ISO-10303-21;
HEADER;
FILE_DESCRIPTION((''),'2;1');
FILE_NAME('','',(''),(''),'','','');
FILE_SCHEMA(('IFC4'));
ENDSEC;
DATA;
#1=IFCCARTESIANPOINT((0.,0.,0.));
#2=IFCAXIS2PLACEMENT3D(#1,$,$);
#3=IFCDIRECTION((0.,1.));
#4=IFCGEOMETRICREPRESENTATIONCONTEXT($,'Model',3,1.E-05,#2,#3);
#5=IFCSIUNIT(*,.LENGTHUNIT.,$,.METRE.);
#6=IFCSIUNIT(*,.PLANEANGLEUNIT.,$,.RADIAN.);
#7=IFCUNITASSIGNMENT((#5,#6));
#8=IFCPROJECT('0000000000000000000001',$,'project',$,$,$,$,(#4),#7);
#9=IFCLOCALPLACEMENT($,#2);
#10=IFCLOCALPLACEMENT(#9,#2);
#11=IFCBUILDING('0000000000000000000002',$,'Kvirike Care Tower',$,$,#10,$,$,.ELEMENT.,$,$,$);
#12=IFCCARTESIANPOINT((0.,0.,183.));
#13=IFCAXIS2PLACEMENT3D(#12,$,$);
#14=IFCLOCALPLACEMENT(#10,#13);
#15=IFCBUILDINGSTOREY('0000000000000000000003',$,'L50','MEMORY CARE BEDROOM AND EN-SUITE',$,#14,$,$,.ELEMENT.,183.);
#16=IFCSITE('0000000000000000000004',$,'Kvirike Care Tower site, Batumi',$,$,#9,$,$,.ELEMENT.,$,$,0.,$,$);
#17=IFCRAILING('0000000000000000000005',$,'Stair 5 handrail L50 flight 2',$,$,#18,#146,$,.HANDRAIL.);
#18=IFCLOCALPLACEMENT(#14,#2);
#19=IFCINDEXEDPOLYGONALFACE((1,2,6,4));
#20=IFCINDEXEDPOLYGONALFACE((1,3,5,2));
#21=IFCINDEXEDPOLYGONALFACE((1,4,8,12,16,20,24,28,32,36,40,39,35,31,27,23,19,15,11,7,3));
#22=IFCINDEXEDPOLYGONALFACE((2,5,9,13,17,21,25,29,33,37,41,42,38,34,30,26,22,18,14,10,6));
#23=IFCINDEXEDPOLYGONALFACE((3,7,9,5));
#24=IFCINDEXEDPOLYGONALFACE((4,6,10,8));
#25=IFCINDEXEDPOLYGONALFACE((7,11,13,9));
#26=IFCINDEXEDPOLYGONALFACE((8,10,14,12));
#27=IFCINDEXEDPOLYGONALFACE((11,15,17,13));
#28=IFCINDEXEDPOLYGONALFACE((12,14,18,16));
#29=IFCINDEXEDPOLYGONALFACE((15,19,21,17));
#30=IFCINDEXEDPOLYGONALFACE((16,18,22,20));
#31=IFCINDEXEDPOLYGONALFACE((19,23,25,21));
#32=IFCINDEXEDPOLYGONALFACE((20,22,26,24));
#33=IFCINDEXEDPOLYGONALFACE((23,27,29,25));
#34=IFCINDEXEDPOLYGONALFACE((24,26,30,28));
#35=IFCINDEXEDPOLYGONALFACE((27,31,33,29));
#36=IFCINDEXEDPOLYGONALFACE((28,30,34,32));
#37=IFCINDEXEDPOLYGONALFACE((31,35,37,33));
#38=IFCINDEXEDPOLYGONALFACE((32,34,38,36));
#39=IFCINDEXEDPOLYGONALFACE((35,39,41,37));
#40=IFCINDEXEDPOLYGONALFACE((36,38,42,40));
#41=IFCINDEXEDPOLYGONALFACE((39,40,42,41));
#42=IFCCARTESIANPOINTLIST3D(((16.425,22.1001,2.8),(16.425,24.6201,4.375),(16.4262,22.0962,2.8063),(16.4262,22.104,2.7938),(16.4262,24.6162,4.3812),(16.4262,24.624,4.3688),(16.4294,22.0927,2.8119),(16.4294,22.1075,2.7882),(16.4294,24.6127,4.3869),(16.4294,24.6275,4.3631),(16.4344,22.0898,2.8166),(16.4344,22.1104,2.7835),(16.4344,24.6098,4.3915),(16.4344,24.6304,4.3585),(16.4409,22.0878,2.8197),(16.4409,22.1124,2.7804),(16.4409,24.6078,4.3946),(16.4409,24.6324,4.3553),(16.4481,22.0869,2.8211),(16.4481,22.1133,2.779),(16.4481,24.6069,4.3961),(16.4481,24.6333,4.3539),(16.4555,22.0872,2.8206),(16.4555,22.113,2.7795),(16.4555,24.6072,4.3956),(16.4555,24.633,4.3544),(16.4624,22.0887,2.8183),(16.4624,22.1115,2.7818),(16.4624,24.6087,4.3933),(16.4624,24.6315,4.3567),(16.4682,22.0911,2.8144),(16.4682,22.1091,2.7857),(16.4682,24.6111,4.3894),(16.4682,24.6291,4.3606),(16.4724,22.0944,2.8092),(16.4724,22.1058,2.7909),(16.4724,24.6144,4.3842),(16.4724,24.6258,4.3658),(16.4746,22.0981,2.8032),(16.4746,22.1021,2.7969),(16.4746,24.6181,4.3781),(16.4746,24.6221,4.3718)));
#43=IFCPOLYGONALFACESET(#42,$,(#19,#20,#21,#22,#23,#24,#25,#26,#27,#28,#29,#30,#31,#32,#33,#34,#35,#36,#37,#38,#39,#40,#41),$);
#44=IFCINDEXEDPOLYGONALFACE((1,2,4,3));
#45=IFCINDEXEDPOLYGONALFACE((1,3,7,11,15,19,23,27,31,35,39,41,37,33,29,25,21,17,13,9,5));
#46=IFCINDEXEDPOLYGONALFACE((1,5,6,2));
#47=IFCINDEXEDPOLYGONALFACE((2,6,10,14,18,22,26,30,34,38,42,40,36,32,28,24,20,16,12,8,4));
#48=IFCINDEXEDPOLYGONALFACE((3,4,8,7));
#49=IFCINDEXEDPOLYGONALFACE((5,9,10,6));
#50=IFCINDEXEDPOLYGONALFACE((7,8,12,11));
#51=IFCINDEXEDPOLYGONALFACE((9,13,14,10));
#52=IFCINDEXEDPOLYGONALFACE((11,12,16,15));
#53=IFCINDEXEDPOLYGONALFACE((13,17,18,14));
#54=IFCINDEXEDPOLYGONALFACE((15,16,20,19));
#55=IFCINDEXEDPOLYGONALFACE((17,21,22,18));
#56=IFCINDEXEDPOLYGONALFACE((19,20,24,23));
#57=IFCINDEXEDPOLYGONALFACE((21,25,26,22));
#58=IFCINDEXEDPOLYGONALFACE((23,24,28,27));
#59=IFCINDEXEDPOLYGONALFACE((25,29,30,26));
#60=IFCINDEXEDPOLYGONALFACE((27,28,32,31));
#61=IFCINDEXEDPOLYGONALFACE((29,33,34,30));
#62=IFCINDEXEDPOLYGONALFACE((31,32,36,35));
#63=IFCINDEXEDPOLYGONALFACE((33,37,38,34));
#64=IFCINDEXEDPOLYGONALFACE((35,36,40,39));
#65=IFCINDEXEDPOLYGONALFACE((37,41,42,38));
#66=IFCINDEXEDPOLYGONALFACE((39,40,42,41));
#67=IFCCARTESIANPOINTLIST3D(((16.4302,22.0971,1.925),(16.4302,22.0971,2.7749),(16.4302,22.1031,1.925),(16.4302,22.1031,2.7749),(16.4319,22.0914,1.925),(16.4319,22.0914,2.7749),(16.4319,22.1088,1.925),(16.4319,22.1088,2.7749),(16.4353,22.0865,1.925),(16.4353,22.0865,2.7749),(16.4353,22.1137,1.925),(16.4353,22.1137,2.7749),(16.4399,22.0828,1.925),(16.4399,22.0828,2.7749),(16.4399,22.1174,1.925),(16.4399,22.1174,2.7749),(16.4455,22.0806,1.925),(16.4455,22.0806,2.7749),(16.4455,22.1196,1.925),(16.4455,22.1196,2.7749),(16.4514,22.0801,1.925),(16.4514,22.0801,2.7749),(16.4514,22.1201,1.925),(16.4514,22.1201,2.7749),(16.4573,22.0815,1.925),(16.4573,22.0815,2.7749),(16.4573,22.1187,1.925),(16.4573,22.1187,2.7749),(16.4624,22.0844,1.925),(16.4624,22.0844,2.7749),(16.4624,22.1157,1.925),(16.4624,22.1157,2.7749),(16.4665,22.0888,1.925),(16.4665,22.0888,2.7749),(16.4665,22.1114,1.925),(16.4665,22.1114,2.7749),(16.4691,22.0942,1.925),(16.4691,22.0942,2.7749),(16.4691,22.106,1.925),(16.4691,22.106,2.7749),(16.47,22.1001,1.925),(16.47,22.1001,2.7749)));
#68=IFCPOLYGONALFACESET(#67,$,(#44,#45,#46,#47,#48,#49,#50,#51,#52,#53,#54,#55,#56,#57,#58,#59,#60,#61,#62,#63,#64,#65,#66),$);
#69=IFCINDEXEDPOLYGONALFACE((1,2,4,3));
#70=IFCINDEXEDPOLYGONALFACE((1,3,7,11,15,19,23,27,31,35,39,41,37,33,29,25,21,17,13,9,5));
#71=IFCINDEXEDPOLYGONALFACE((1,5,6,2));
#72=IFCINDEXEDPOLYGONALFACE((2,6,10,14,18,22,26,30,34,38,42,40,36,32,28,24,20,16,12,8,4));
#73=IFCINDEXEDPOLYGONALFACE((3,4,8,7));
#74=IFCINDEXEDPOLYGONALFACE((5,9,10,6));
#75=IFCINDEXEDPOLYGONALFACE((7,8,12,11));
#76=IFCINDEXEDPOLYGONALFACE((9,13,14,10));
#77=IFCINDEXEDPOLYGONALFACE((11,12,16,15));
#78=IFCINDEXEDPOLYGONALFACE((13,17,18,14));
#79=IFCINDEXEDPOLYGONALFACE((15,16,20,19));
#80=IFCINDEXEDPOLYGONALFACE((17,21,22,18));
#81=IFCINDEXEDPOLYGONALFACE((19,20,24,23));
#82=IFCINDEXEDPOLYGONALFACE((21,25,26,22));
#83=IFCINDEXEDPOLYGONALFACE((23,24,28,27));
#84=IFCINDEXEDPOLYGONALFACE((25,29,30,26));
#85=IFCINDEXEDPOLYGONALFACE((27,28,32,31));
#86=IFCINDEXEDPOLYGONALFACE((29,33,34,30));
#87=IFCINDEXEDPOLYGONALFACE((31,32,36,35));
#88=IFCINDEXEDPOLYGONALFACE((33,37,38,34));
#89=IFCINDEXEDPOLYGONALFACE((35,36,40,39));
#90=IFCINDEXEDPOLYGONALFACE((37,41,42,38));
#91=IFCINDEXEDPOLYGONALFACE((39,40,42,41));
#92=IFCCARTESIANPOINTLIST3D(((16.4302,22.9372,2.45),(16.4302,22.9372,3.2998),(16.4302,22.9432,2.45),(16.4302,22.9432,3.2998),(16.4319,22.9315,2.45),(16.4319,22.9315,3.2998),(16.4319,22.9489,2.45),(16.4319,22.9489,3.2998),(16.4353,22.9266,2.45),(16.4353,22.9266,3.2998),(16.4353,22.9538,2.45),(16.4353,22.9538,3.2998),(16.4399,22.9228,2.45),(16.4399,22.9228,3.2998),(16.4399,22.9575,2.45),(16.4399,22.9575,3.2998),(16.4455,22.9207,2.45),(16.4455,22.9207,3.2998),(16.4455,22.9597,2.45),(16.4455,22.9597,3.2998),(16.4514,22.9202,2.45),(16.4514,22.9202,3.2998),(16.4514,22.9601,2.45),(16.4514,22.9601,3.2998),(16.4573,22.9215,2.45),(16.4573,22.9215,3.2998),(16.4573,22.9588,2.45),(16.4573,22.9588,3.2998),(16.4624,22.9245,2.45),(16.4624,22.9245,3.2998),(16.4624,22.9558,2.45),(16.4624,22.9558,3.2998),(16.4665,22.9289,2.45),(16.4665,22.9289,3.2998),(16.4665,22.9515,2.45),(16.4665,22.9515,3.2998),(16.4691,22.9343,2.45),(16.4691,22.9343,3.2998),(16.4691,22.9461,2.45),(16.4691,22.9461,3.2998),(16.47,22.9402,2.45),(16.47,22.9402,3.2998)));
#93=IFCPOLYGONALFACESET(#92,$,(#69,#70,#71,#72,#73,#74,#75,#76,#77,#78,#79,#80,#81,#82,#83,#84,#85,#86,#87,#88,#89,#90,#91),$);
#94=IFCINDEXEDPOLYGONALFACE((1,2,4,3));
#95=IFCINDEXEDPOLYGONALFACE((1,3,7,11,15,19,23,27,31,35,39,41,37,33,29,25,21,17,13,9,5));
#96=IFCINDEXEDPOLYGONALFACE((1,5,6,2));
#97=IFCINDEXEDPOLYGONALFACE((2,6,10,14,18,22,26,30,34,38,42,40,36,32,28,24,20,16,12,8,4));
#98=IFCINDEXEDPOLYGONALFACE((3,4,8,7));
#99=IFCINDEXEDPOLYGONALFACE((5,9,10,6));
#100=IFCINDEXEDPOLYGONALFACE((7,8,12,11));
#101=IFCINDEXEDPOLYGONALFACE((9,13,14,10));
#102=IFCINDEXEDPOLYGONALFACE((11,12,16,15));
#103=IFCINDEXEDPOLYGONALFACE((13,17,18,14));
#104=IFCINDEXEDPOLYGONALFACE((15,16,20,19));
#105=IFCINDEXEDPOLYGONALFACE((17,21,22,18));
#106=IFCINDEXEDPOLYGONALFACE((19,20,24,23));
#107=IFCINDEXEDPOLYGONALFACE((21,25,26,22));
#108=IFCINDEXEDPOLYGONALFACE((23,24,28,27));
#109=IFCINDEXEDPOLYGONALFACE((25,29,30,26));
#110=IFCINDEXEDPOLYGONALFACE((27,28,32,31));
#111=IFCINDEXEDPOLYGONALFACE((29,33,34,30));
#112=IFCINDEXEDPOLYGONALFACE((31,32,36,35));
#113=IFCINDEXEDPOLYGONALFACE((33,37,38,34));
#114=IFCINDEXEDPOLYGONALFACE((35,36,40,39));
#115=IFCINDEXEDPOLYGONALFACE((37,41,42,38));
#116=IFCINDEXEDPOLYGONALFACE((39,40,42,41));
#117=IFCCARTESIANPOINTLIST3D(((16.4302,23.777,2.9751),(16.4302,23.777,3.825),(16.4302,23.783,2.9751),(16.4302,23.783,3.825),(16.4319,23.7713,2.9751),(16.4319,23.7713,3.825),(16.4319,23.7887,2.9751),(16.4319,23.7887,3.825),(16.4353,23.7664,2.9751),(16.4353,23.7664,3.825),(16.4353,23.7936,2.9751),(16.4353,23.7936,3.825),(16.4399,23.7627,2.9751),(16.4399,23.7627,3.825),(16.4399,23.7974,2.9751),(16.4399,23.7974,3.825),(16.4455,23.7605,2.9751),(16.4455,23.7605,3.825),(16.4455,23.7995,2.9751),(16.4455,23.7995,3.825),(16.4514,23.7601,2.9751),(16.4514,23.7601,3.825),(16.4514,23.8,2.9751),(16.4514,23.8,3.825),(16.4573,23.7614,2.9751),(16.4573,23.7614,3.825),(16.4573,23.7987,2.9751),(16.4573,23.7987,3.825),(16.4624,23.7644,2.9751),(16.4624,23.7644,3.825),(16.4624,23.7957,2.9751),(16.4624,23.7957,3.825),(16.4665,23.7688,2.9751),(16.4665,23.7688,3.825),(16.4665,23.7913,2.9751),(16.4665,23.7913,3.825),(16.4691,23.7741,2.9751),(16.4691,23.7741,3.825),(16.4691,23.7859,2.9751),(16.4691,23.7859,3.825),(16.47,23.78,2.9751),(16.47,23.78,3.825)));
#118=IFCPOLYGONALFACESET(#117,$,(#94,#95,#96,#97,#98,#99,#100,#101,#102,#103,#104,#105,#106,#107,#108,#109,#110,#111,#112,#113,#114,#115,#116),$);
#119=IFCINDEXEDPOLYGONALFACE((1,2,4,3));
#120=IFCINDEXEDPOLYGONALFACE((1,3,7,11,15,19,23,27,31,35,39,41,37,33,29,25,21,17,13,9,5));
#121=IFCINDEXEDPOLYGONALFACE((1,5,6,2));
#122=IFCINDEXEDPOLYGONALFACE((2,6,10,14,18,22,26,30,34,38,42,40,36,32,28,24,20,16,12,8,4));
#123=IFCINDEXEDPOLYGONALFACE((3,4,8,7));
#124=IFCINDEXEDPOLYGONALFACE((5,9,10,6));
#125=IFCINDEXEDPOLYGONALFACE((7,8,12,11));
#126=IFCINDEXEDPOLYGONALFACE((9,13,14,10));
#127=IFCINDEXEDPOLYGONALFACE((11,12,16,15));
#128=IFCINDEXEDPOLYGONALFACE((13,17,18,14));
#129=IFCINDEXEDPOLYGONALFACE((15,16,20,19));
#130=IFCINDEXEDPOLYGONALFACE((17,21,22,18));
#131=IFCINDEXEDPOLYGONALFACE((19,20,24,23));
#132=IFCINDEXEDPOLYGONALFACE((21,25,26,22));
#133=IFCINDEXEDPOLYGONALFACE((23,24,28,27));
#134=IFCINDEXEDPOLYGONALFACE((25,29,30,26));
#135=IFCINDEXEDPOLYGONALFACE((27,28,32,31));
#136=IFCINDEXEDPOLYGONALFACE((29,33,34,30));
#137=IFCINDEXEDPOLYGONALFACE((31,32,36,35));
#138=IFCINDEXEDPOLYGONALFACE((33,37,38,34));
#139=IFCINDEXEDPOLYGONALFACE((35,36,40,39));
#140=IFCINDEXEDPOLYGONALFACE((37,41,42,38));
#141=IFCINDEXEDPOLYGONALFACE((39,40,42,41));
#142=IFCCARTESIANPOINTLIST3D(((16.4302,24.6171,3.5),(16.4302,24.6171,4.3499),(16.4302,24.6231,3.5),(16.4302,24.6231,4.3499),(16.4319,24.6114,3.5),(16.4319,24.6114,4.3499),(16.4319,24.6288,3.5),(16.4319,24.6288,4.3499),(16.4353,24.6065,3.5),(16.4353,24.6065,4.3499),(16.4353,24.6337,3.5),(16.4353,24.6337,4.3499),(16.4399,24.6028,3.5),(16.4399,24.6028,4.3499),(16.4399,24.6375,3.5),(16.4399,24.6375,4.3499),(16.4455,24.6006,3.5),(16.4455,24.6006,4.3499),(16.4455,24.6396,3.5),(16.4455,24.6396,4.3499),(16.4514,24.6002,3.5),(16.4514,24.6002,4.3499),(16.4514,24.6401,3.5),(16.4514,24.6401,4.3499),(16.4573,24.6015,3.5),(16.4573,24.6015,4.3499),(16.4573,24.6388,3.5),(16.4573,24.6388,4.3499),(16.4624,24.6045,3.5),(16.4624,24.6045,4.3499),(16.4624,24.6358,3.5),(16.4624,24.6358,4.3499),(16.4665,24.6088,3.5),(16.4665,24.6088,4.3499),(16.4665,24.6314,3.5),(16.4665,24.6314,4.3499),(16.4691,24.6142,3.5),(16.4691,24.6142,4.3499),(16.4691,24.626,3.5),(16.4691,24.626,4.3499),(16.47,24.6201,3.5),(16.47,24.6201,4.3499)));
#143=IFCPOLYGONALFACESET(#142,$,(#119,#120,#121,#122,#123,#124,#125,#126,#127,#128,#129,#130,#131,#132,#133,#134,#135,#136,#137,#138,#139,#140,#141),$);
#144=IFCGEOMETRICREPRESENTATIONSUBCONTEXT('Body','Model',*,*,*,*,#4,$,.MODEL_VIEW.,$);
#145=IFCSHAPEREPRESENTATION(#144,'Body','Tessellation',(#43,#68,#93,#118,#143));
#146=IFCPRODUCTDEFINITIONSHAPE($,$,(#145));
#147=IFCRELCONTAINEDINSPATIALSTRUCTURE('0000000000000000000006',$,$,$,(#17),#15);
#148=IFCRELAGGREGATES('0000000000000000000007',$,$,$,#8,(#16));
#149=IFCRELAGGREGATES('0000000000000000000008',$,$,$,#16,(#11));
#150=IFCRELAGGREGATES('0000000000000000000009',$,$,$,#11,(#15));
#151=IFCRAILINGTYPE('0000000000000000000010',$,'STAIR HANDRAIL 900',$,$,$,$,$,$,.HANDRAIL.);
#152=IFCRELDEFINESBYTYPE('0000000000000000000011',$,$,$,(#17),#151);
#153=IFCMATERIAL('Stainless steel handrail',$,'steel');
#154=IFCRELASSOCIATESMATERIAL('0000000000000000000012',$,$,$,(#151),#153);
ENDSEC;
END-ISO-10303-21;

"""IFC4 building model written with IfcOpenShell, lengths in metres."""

from ifc_helpers import new_model, si_unit, direction, frame, origin, origin_2d, place, context, subcontext, project, spatial, circle, extrude, material, type_object, element, save


model = new_model("IFC4")

# Units and contexts
model_context = context("Model", 3, precision=1e-05, world=origin(), true_north=direction((0.0, 1.0)))
body_context = subcontext(model_context, "Body", "Model", "MODEL_VIEW")
ifc_project = project(units=[si_unit("LENGTHUNIT", "METRE"), si_unit("PLANEANGLEUNIT", "RADIAN")], contexts=[model_context])

# Site, building, storey
site_placement = place(None, origin())
site = spatial("IfcSite", under=ifc_project, at=site_placement, Name="Kvirike Care Tower site, Batumi", CompositionType="ELEMENT", RefElevation=0.0)
building_placement = place(site_placement, origin())
building = spatial("IfcBuilding", under=site, at=building_placement, Name="Kvirike Care Tower", CompositionType="ELEMENT")
storey_placement = place(building_placement, frame((0.0, 0.0, 183.0)))
storey = spatial("IfcBuildingStorey", under=building, at=storey_placement, Name="L50", Description="MEMORY CARE BEDROOM AND EN-SUITE", CompositionType="ELEMENT", Elevation=183.0)

# Railing
ifc_material_1 = material(Name="Stainless steel handrail", Category="steel")
railing_type = type_object("IfcRailingType", Name="STAIR HANDRAIL 900", PredefinedType="HANDRAIL", material=ifc_material_1)
railing_placement = place(storey_placement, frame((16.45, 22.1001, 1.925)))
element("IfcRailing", 1, at=railing_placement, inside=storey, type_object=railing_type, Name="Stair 5 handrail L50 flight 2", PredefinedType="HANDRAIL", context=body_context, shape_type="SweptSolid", body=[
    extrude(circle(Radius=0.0249, at=origin_2d()), frame((0.0, 0.0, 0.875), z_axis=(0.0, 0.848008, 0.529984), x_axis=(-1.0, 0.0, 0.0)), (0.0, 0.0, 1.0), 2.9717),
    extrude(circle(Radius=0.02, at=origin_2d()), origin(), (0.0, 0.0, 1.0), 0.8499),
    extrude(circle(Radius=0.02, at=origin_2d()), frame((0.0, 0.8401, 0.5249)), (0.0, 0.0, 1.0), 0.8499),
    extrude(circle(Radius=0.02, at=origin_2d()), frame((0.0, 1.6799, 1.05)), (0.0, 0.0, 1.0), 0.8499),
    extrude(circle(Radius=0.02, at=origin_2d()), frame((0.0, 2.52, 1.575)), (0.0, 0.0, 1.0), 0.8499),
])

save(model, "model.ifc")
